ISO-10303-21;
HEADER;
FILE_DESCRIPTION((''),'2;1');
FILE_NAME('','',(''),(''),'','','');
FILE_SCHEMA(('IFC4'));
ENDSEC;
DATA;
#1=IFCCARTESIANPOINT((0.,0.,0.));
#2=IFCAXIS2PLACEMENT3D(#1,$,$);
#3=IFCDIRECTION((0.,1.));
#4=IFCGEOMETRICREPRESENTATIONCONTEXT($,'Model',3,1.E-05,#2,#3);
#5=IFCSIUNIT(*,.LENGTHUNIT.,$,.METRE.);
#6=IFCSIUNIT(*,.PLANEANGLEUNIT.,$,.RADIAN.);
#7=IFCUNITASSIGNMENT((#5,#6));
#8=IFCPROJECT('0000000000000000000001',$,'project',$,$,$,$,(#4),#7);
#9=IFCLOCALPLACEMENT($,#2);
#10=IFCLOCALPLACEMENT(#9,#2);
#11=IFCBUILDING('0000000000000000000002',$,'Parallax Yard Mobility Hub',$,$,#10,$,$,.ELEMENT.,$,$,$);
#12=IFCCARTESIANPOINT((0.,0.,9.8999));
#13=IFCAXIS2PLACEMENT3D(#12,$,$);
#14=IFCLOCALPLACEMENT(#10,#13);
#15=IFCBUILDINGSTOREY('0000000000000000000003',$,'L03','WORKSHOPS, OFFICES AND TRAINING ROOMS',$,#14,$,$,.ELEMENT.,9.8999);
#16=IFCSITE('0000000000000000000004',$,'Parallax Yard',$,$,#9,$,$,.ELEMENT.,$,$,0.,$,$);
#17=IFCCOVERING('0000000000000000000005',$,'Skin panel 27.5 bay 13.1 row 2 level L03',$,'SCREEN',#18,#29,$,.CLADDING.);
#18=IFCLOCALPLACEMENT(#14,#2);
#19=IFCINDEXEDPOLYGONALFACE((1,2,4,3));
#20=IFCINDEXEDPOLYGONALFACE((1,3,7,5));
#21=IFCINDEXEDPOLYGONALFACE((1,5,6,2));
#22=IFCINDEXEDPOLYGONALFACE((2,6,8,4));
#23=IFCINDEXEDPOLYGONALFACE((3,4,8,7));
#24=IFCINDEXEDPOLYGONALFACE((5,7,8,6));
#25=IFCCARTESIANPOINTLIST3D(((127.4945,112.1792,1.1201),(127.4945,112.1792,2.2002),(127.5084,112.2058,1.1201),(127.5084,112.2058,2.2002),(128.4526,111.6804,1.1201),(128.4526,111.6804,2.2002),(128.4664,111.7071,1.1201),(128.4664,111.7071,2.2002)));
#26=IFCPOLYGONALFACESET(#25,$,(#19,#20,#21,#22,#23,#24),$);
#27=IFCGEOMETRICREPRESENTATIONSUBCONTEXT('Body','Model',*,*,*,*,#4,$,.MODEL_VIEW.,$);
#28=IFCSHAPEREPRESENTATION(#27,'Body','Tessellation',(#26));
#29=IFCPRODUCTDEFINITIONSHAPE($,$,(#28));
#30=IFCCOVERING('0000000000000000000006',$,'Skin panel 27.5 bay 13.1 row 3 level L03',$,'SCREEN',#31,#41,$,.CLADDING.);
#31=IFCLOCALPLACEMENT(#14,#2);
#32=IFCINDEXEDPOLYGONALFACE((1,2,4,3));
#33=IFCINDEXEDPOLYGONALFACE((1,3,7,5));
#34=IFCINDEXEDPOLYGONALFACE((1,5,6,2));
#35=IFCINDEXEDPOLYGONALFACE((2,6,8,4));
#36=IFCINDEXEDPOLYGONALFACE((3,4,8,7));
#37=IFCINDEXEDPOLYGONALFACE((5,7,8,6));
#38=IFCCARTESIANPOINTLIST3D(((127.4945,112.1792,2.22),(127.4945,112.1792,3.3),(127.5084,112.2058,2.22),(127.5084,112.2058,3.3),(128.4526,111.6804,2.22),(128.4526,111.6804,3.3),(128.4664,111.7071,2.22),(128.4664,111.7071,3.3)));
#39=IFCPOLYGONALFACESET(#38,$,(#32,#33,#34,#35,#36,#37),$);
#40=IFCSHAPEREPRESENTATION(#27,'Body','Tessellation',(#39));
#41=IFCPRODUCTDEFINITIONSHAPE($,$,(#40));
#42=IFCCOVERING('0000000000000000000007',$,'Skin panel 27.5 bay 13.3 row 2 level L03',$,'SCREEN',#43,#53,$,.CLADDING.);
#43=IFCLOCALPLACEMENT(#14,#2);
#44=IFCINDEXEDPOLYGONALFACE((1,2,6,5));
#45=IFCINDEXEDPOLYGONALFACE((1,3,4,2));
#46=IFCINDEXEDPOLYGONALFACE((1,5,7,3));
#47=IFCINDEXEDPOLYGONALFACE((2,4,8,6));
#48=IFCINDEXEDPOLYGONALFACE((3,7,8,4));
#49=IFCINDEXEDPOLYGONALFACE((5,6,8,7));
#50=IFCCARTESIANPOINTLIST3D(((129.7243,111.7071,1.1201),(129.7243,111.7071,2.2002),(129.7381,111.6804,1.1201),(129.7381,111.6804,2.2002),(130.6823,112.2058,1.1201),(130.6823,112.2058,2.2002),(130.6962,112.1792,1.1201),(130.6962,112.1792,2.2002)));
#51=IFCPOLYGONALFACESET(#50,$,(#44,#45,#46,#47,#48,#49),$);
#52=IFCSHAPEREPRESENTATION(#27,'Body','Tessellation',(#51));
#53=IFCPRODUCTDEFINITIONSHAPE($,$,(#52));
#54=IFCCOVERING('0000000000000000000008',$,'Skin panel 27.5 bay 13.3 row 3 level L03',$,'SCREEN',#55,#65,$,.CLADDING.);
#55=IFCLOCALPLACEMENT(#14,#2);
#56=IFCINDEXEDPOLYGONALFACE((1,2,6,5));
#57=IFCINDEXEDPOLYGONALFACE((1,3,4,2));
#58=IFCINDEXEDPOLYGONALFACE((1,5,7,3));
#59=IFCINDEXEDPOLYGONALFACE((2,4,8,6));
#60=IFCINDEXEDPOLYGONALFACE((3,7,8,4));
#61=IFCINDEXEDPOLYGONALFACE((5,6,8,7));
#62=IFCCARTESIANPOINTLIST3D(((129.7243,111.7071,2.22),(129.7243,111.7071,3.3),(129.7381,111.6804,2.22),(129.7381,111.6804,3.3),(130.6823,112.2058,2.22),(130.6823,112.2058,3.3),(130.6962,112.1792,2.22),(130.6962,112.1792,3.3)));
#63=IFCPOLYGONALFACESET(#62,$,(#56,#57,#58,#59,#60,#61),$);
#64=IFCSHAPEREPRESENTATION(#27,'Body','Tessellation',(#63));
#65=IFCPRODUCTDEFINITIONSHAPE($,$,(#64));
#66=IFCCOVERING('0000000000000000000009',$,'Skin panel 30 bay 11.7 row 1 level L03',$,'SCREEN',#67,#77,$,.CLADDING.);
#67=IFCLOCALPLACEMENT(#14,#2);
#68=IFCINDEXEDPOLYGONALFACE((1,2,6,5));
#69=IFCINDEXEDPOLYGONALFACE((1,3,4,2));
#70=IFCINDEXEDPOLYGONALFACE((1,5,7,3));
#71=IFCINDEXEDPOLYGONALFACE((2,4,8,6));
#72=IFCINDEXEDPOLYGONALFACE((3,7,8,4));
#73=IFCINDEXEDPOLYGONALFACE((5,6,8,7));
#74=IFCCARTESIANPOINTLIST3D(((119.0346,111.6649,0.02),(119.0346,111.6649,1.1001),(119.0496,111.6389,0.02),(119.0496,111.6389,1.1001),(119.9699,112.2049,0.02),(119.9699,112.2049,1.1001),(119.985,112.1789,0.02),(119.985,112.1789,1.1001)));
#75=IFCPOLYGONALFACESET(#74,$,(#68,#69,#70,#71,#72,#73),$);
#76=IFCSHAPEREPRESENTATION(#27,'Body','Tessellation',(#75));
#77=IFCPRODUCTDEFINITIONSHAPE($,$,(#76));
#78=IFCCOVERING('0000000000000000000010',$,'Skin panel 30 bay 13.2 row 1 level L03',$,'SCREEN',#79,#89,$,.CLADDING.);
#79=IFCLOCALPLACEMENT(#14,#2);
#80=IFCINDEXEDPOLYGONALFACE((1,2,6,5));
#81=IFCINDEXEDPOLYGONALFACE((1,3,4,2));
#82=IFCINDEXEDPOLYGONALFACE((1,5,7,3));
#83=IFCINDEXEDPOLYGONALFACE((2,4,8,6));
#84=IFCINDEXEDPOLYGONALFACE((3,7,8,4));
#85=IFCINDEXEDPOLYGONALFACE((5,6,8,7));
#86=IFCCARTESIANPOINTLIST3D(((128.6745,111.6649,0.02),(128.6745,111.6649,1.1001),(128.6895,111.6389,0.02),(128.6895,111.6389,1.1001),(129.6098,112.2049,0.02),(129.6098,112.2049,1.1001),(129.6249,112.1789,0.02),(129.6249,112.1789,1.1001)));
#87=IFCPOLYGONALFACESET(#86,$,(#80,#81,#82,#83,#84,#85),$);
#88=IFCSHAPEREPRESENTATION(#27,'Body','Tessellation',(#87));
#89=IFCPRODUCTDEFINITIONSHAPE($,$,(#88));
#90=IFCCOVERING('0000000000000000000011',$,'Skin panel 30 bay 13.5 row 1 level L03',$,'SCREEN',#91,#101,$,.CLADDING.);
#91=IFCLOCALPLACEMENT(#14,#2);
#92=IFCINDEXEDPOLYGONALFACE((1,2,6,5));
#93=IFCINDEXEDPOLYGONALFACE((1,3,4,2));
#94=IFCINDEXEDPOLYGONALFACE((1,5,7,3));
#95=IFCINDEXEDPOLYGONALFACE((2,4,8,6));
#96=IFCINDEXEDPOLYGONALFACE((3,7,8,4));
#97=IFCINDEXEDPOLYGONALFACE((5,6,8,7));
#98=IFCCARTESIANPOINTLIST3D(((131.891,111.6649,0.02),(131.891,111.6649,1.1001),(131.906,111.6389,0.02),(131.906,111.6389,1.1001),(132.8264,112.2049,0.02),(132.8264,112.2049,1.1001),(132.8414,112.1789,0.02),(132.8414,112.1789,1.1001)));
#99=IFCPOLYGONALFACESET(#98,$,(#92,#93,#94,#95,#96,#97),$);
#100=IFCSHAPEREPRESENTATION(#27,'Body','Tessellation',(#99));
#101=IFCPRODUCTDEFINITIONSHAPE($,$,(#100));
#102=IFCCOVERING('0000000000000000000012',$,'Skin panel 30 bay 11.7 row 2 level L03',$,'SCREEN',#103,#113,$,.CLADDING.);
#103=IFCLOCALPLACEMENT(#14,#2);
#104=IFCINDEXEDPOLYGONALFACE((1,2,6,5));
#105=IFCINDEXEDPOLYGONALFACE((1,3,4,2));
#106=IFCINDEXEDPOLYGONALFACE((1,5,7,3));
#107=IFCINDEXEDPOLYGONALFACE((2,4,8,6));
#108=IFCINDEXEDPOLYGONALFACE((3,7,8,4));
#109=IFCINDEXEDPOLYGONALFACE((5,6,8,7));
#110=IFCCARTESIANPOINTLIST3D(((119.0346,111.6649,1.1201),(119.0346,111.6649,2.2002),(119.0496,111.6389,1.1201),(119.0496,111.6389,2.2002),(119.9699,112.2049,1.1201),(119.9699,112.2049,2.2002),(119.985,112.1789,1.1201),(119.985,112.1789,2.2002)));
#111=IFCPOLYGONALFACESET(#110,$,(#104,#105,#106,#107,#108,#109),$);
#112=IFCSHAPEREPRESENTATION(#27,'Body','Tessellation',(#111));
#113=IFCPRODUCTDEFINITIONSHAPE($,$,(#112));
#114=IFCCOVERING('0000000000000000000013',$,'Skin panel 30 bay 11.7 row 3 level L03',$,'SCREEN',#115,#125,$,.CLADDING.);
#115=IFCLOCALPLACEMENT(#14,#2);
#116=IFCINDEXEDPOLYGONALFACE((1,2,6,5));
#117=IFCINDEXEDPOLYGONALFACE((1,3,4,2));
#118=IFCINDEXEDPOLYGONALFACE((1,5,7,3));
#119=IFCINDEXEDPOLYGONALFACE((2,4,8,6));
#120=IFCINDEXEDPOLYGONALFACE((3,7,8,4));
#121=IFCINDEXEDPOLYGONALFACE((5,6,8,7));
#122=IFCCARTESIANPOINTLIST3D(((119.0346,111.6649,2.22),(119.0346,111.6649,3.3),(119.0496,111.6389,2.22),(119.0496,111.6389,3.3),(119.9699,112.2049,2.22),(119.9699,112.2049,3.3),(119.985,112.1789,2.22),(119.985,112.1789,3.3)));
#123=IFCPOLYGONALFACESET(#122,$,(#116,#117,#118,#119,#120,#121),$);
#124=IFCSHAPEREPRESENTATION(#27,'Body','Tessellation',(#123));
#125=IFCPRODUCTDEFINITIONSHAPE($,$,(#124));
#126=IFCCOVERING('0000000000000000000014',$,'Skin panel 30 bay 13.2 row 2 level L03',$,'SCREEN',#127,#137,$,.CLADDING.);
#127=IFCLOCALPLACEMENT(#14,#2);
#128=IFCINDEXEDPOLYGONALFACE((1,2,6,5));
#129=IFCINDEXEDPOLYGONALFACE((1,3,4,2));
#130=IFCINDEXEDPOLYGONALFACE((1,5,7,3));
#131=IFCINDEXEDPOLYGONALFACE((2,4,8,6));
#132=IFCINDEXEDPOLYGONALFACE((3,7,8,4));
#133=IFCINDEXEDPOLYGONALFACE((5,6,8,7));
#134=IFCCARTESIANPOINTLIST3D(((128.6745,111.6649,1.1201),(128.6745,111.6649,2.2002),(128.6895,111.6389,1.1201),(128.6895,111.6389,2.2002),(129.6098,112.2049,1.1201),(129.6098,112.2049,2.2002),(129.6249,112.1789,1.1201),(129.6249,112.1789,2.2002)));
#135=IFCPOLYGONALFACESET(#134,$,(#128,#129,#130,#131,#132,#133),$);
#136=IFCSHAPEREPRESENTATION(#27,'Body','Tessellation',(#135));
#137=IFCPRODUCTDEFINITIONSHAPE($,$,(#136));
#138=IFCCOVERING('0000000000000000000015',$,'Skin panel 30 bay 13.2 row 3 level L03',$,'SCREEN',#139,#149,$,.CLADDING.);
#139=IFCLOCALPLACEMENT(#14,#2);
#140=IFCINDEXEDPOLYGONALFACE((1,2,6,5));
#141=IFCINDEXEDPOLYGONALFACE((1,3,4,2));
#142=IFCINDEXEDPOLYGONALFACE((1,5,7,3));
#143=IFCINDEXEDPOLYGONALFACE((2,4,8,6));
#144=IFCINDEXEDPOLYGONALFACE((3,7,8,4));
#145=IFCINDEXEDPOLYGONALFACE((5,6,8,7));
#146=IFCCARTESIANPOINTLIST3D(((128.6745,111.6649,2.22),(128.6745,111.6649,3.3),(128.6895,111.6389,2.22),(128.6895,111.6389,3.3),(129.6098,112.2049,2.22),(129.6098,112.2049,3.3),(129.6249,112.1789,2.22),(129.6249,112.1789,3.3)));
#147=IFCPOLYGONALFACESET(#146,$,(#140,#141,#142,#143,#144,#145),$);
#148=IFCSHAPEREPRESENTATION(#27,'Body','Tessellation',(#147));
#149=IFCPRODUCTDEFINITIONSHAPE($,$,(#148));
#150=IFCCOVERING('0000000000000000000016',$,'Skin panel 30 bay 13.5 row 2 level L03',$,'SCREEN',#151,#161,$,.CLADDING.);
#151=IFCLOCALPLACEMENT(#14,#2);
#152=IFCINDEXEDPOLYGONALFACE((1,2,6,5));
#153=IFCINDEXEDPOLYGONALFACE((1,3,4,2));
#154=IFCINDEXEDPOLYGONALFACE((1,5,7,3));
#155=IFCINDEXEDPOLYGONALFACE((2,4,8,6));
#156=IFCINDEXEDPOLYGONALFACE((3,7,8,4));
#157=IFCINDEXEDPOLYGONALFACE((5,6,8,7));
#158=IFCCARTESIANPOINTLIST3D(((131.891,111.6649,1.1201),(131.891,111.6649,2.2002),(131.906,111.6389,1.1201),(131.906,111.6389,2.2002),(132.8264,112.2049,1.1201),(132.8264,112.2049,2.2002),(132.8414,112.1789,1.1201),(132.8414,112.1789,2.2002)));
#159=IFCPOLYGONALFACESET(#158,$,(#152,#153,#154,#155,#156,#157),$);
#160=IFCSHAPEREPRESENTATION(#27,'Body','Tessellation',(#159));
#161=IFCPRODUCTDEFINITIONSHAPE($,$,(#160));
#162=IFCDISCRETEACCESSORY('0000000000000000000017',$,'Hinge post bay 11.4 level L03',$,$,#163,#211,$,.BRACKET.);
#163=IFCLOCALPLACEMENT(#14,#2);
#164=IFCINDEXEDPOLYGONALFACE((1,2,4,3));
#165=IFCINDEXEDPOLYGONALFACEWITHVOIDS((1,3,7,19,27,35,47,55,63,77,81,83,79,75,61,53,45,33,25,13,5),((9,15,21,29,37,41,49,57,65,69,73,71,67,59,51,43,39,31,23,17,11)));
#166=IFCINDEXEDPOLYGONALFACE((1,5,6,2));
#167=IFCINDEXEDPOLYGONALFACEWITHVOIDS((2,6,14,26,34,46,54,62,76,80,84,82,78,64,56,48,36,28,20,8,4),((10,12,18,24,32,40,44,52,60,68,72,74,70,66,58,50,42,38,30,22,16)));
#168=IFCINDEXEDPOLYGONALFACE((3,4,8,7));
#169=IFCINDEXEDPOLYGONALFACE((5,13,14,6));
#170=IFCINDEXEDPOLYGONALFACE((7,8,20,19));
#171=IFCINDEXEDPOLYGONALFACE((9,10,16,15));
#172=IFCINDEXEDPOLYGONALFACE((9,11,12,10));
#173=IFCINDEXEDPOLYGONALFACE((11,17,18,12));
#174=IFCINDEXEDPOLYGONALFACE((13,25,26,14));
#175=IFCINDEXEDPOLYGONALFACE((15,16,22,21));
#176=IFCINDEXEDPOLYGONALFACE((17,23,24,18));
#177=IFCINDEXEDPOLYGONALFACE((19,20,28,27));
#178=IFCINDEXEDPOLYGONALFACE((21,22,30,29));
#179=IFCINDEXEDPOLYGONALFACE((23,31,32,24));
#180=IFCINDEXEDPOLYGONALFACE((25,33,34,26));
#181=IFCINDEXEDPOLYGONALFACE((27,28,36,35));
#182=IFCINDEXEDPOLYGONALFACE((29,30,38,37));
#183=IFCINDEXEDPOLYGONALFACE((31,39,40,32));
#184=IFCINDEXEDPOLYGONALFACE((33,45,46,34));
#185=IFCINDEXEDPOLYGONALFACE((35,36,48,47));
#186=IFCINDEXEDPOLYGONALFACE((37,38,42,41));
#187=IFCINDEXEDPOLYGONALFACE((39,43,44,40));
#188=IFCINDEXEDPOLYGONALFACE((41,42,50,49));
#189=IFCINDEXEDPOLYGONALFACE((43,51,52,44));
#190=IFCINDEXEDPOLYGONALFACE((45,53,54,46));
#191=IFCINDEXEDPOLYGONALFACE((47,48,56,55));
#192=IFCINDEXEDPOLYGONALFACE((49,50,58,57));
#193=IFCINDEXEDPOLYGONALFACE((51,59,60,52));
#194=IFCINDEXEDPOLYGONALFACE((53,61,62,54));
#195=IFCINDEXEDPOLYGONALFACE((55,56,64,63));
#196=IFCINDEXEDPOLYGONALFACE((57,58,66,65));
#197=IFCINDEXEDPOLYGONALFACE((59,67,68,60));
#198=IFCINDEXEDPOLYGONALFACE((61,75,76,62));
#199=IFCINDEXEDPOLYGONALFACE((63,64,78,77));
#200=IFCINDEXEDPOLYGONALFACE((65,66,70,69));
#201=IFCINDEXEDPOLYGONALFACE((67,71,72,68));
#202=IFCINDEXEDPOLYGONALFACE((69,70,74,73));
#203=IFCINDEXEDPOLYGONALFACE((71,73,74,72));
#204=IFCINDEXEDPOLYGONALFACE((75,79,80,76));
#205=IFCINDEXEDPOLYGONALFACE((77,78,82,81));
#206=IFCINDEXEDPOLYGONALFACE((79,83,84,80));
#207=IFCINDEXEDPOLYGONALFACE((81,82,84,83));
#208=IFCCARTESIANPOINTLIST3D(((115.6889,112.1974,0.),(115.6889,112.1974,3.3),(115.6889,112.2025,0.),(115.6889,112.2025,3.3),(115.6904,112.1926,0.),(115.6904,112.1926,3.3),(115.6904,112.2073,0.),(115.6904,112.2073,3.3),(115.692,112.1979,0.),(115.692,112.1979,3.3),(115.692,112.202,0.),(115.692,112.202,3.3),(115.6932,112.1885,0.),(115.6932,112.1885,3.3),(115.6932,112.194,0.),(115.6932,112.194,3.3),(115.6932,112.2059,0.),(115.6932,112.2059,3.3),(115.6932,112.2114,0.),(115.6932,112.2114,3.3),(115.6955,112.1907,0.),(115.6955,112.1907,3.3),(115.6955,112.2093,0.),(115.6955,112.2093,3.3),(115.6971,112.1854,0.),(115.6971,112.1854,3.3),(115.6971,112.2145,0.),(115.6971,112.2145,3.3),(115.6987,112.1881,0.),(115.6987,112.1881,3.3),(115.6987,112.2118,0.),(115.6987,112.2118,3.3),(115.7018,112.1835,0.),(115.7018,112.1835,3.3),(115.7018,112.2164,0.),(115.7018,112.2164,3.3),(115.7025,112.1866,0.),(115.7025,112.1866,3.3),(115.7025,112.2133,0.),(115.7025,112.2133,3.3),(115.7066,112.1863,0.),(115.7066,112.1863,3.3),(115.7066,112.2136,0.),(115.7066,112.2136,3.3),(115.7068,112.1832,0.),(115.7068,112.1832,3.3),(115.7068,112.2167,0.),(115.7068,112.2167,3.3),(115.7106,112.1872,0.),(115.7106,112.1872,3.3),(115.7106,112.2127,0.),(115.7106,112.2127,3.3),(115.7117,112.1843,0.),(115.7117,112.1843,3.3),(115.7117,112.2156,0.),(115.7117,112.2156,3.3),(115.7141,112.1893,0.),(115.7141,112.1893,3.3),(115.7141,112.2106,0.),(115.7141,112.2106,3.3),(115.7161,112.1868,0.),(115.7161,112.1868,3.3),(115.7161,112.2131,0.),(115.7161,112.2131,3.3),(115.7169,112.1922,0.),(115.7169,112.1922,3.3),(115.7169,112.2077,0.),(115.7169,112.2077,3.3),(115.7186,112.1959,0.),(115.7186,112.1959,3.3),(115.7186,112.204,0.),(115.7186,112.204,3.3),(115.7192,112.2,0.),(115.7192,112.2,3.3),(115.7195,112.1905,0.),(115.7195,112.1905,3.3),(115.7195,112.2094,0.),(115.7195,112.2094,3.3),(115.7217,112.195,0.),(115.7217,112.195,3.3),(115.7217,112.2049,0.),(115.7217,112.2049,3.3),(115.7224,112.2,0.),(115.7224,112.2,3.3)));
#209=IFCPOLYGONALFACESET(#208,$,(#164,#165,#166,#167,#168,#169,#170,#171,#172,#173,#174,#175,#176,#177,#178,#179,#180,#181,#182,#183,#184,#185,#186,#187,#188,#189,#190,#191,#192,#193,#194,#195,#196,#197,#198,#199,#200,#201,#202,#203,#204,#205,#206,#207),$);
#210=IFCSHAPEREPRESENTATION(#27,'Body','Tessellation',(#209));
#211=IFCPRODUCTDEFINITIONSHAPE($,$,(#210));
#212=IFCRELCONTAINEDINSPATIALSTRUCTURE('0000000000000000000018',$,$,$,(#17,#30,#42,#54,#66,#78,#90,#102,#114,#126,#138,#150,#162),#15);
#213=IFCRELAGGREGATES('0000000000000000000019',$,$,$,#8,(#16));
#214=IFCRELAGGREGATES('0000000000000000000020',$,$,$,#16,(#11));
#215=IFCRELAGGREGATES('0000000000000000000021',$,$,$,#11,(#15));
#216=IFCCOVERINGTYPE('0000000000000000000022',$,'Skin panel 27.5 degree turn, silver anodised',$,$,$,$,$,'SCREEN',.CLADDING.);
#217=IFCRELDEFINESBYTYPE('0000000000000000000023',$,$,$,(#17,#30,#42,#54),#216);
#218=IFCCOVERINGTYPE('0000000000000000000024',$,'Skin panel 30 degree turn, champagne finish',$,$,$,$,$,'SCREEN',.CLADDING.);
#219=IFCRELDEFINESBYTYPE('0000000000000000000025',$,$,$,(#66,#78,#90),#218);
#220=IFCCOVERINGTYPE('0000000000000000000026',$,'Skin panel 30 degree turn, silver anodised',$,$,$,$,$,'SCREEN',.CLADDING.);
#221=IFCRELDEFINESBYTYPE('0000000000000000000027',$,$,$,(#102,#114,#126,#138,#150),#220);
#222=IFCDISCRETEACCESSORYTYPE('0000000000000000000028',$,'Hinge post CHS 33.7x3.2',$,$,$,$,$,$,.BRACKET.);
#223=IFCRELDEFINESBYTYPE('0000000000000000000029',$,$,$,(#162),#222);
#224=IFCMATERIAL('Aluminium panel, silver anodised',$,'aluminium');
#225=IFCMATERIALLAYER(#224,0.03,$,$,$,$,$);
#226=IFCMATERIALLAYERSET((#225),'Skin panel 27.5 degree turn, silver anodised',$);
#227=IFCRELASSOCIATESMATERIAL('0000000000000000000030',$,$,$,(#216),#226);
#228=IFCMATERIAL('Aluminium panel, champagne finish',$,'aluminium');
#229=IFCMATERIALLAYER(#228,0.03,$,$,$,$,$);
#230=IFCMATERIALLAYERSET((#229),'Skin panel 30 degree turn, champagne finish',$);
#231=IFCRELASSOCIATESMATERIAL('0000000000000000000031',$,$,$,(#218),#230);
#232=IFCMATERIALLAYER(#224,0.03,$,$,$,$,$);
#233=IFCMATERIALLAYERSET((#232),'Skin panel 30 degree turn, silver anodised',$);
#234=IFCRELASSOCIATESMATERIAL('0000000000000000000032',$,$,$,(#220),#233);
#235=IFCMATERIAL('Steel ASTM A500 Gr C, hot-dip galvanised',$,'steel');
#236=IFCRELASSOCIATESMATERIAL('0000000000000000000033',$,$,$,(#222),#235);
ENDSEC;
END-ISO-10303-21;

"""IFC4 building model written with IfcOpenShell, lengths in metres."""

from ifc_helpers import new_model, si_unit, direction, frame, origin, origin_2d, place, context, subcontext, project, spatial, rectangle, hollow_circle, extrude, material, layer, layer_set, material_profile, profile_set, type_object, element, save


model = new_model("IFC4")

# Units and contexts
model_context = context("Model", 3, precision=1e-05, world=origin(), true_north=direction((0.0, 1.0)))
body_context = subcontext(model_context, "Body", "Model", "MODEL_VIEW")
ifc_project = project(units=[si_unit("LENGTHUNIT", "METRE"), si_unit("PLANEANGLEUNIT", "RADIAN")], contexts=[model_context])

# Site, building, storey
site_placement = place(None, origin())
site = spatial("IfcSite", under=ifc_project, at=site_placement, Name="Parallax Yard", CompositionType="ELEMENT", RefElevation=0.0)
building_placement = place(site_placement, origin())
building = spatial("IfcBuilding", under=site, at=building_placement, Name="Parallax Yard Mobility Hub", CompositionType="ELEMENT")
storey_placement = place(building_placement, frame((0.0, 0.0, 9.8999)))
storey = spatial("IfcBuildingStorey", under=building, at=storey_placement, Name="L03", Description="WORKSHOPS, OFFICES AND TRAINING ROOMS", CompositionType="ELEMENT", Elevation=9.8999)

# Coverings
ifc_material_1 = material(Name="Aluminium panel, champagne finish", Category="aluminium")
ifc_material_2 = material(Name="Aluminium panel, silver anodised", Category="aluminium")
ifc_layer_1 = layer(ifc_material_2, 0.03)
ifc_layer_set_1 = layer_set([ifc_layer_1], Name="Skin panel 27.5 degree turn, silver anodised")
covering_type_1 = type_object("IfcCoveringType", Name="Skin panel 27.5 degree turn, silver anodised", ElementType="SCREEN", PredefinedType="CLADDING", material=ifc_layer_set_1)
for number, where, z_axis, x_axis, name in (
    (1, (127.9805, 111.9431, 1.1201), (0.0, 0.0, 1.0), (0.887011, -0.461749, 0.0), "Skin panel 27.5 bay 13.1 row 2 level L03"),
    (2, (127.9805, 111.9431, 2.22), (0.0, 0.0, 1.0), (0.887011, -0.461749, 0.0), "Skin panel 27.5 bay 13.1 row 3 level L03"),
    (3, (130.2102, 111.9431, 1.1201), (0.0, 0.0, 1.0), (-0.887011, -0.461749, 0.0), "Skin panel 27.5 bay 13.3 row 2 level L03"),
    (4, (130.2102, 111.9431, 2.22), (0.0, 0.0, 1.0), (-0.887011, -0.461749, 0.0), "Skin panel 27.5 bay 13.3 row 3 level L03"),
):
    element("IfcCovering", number, at=place(storey_placement, frame(where, z_axis=z_axis, x_axis=x_axis)), inside=storey, type_object=covering_type_1, Name=name, ObjectType="SCREEN", PredefinedType="CLADDING", context=body_context, shape_type="SweptSolid", body=[
        extrude(rectangle(XDim=1.0801, YDim=0.03, at=origin_2d()), origin(), (0.0, 0.0, 1.0), 1.0801),
    ])
ifc_layer_2 = layer(ifc_material_1, 0.03)
ifc_layer_set_2 = layer_set([ifc_layer_2], Name="Skin panel 30 degree turn, champagne finish")
covering_type_2 = type_object("IfcCoveringType", Name="Skin panel 30 degree turn, champagne finish", ElementType="SCREEN", PredefinedType="CLADDING", material=ifc_layer_set_2)
for number, where, z_axis, x_axis, name in (
    (5, (119.5098, 111.9219, 0.02), (0.0, 0.0, 1.0), (-0.866025, -0.5, 0.0), "Skin panel 30 bay 11.7 row 1 level L03"),
    (6, (129.1497, 111.9219, 0.02), (0.0, 0.0, 1.0), (-0.866025, -0.5, 0.0), "Skin panel 30 bay 13.2 row 1 level L03"),
    (7, (132.3662, 111.9219, 0.02), (0.0, 0.0, 1.0), (-0.866025, -0.5, 0.0), "Skin panel 30 bay 13.5 row 1 level L03"),
):
    element("IfcCovering", number, at=place(storey_placement, frame(where, z_axis=z_axis, x_axis=x_axis)), inside=storey, type_object=covering_type_2, Name=name, ObjectType="SCREEN", PredefinedType="CLADDING", context=body_context, shape_type="SweptSolid", body=[
        extrude(rectangle(XDim=1.0801, YDim=0.03, at=origin_2d()), origin(), (0.0, 0.0, 1.0), 1.0801),
    ])
ifc_layer_3 = layer(ifc_material_2, 0.03)
ifc_layer_set_3 = layer_set([ifc_layer_3], Name="Skin panel 30 degree turn, silver anodised")
covering_type_3 = type_object("IfcCoveringType", Name="Skin panel 30 degree turn, silver anodised", ElementType="SCREEN", PredefinedType="CLADDING", material=ifc_layer_set_3)
for number, where, z_axis, x_axis, name in (
    (8, (119.5098, 111.9219, 1.1201), (0.0, 0.0, 1.0), (-0.866025, -0.5, 0.0), "Skin panel 30 bay 11.7 row 2 level L03"),
    (9, (119.5098, 111.9219, 2.22), (0.0, 0.0, 1.0), (-0.866025, -0.5, 0.0), "Skin panel 30 bay 11.7 row 3 level L03"),
    (10, (129.1497, 111.9219, 1.1201), (0.0, 0.0, 1.0), (-0.866025, -0.5, 0.0), "Skin panel 30 bay 13.2 row 2 level L03"),
    (11, (129.1497, 111.9219, 2.22), (0.0, 0.0, 1.0), (-0.866025, -0.5, 0.0), "Skin panel 30 bay 13.2 row 3 level L03"),
    (12, (132.3662, 111.9219, 1.1201), (0.0, 0.0, 1.0), (-0.866025, -0.5, 0.0), "Skin panel 30 bay 13.5 row 2 level L03"),
):
    element("IfcCovering", number, at=place(storey_placement, frame(where, z_axis=z_axis, x_axis=x_axis)), inside=storey, type_object=covering_type_3, Name=name, ObjectType="SCREEN", PredefinedType="CLADDING", context=body_context, shape_type="SweptSolid", body=[
        extrude(rectangle(XDim=1.0801, YDim=0.03, at=origin_2d()), origin(), (0.0, 0.0, 1.0), 1.0801),
    ])

# Discrete accessory
ifc_material_3 = material(Name="Steel ASTM A500 Gr C, hot-dip galvanised", Category="steel")
ifc_material_profile = material_profile(ifc_material_3, hollow_circle(Radius=0.0168, WallThickness=0.0032, at=origin_2d()), Name="CHS 33.7x3.2")
ifc_profile_set = profile_set([ifc_material_profile], Name="Steel ASTM A500 Gr C, hot-dip galvanised")
discrete_accessory_type = type_object("IfcDiscreteAccessoryType", Name="Hinge post CHS 33.7x3.2", PredefinedType="BRACKET", material=ifc_profile_set)
for number, where, z_axis, x_axis, name in (
    (13, (115.7056, 112.2, 0.0), (0.0, 0.0, 1.0), (1.0, 0.0, 0.0), "Hinge post bay 11.4 level L03"),
):
    element("IfcDiscreteAccessory", number, at=place(storey_placement, frame(where, z_axis=z_axis, x_axis=x_axis)), inside=storey, type_object=discrete_accessory_type, Name=name, PredefinedType="BRACKET", context=body_context, shape_type="SweptSolid", body=[
        extrude(hollow_circle(Radius=0.0168, WallThickness=0.0032, at=origin_2d()), origin(), (0.0, 0.0, 1.0), 3.3),
    ])

save(model, "model.ifc")
